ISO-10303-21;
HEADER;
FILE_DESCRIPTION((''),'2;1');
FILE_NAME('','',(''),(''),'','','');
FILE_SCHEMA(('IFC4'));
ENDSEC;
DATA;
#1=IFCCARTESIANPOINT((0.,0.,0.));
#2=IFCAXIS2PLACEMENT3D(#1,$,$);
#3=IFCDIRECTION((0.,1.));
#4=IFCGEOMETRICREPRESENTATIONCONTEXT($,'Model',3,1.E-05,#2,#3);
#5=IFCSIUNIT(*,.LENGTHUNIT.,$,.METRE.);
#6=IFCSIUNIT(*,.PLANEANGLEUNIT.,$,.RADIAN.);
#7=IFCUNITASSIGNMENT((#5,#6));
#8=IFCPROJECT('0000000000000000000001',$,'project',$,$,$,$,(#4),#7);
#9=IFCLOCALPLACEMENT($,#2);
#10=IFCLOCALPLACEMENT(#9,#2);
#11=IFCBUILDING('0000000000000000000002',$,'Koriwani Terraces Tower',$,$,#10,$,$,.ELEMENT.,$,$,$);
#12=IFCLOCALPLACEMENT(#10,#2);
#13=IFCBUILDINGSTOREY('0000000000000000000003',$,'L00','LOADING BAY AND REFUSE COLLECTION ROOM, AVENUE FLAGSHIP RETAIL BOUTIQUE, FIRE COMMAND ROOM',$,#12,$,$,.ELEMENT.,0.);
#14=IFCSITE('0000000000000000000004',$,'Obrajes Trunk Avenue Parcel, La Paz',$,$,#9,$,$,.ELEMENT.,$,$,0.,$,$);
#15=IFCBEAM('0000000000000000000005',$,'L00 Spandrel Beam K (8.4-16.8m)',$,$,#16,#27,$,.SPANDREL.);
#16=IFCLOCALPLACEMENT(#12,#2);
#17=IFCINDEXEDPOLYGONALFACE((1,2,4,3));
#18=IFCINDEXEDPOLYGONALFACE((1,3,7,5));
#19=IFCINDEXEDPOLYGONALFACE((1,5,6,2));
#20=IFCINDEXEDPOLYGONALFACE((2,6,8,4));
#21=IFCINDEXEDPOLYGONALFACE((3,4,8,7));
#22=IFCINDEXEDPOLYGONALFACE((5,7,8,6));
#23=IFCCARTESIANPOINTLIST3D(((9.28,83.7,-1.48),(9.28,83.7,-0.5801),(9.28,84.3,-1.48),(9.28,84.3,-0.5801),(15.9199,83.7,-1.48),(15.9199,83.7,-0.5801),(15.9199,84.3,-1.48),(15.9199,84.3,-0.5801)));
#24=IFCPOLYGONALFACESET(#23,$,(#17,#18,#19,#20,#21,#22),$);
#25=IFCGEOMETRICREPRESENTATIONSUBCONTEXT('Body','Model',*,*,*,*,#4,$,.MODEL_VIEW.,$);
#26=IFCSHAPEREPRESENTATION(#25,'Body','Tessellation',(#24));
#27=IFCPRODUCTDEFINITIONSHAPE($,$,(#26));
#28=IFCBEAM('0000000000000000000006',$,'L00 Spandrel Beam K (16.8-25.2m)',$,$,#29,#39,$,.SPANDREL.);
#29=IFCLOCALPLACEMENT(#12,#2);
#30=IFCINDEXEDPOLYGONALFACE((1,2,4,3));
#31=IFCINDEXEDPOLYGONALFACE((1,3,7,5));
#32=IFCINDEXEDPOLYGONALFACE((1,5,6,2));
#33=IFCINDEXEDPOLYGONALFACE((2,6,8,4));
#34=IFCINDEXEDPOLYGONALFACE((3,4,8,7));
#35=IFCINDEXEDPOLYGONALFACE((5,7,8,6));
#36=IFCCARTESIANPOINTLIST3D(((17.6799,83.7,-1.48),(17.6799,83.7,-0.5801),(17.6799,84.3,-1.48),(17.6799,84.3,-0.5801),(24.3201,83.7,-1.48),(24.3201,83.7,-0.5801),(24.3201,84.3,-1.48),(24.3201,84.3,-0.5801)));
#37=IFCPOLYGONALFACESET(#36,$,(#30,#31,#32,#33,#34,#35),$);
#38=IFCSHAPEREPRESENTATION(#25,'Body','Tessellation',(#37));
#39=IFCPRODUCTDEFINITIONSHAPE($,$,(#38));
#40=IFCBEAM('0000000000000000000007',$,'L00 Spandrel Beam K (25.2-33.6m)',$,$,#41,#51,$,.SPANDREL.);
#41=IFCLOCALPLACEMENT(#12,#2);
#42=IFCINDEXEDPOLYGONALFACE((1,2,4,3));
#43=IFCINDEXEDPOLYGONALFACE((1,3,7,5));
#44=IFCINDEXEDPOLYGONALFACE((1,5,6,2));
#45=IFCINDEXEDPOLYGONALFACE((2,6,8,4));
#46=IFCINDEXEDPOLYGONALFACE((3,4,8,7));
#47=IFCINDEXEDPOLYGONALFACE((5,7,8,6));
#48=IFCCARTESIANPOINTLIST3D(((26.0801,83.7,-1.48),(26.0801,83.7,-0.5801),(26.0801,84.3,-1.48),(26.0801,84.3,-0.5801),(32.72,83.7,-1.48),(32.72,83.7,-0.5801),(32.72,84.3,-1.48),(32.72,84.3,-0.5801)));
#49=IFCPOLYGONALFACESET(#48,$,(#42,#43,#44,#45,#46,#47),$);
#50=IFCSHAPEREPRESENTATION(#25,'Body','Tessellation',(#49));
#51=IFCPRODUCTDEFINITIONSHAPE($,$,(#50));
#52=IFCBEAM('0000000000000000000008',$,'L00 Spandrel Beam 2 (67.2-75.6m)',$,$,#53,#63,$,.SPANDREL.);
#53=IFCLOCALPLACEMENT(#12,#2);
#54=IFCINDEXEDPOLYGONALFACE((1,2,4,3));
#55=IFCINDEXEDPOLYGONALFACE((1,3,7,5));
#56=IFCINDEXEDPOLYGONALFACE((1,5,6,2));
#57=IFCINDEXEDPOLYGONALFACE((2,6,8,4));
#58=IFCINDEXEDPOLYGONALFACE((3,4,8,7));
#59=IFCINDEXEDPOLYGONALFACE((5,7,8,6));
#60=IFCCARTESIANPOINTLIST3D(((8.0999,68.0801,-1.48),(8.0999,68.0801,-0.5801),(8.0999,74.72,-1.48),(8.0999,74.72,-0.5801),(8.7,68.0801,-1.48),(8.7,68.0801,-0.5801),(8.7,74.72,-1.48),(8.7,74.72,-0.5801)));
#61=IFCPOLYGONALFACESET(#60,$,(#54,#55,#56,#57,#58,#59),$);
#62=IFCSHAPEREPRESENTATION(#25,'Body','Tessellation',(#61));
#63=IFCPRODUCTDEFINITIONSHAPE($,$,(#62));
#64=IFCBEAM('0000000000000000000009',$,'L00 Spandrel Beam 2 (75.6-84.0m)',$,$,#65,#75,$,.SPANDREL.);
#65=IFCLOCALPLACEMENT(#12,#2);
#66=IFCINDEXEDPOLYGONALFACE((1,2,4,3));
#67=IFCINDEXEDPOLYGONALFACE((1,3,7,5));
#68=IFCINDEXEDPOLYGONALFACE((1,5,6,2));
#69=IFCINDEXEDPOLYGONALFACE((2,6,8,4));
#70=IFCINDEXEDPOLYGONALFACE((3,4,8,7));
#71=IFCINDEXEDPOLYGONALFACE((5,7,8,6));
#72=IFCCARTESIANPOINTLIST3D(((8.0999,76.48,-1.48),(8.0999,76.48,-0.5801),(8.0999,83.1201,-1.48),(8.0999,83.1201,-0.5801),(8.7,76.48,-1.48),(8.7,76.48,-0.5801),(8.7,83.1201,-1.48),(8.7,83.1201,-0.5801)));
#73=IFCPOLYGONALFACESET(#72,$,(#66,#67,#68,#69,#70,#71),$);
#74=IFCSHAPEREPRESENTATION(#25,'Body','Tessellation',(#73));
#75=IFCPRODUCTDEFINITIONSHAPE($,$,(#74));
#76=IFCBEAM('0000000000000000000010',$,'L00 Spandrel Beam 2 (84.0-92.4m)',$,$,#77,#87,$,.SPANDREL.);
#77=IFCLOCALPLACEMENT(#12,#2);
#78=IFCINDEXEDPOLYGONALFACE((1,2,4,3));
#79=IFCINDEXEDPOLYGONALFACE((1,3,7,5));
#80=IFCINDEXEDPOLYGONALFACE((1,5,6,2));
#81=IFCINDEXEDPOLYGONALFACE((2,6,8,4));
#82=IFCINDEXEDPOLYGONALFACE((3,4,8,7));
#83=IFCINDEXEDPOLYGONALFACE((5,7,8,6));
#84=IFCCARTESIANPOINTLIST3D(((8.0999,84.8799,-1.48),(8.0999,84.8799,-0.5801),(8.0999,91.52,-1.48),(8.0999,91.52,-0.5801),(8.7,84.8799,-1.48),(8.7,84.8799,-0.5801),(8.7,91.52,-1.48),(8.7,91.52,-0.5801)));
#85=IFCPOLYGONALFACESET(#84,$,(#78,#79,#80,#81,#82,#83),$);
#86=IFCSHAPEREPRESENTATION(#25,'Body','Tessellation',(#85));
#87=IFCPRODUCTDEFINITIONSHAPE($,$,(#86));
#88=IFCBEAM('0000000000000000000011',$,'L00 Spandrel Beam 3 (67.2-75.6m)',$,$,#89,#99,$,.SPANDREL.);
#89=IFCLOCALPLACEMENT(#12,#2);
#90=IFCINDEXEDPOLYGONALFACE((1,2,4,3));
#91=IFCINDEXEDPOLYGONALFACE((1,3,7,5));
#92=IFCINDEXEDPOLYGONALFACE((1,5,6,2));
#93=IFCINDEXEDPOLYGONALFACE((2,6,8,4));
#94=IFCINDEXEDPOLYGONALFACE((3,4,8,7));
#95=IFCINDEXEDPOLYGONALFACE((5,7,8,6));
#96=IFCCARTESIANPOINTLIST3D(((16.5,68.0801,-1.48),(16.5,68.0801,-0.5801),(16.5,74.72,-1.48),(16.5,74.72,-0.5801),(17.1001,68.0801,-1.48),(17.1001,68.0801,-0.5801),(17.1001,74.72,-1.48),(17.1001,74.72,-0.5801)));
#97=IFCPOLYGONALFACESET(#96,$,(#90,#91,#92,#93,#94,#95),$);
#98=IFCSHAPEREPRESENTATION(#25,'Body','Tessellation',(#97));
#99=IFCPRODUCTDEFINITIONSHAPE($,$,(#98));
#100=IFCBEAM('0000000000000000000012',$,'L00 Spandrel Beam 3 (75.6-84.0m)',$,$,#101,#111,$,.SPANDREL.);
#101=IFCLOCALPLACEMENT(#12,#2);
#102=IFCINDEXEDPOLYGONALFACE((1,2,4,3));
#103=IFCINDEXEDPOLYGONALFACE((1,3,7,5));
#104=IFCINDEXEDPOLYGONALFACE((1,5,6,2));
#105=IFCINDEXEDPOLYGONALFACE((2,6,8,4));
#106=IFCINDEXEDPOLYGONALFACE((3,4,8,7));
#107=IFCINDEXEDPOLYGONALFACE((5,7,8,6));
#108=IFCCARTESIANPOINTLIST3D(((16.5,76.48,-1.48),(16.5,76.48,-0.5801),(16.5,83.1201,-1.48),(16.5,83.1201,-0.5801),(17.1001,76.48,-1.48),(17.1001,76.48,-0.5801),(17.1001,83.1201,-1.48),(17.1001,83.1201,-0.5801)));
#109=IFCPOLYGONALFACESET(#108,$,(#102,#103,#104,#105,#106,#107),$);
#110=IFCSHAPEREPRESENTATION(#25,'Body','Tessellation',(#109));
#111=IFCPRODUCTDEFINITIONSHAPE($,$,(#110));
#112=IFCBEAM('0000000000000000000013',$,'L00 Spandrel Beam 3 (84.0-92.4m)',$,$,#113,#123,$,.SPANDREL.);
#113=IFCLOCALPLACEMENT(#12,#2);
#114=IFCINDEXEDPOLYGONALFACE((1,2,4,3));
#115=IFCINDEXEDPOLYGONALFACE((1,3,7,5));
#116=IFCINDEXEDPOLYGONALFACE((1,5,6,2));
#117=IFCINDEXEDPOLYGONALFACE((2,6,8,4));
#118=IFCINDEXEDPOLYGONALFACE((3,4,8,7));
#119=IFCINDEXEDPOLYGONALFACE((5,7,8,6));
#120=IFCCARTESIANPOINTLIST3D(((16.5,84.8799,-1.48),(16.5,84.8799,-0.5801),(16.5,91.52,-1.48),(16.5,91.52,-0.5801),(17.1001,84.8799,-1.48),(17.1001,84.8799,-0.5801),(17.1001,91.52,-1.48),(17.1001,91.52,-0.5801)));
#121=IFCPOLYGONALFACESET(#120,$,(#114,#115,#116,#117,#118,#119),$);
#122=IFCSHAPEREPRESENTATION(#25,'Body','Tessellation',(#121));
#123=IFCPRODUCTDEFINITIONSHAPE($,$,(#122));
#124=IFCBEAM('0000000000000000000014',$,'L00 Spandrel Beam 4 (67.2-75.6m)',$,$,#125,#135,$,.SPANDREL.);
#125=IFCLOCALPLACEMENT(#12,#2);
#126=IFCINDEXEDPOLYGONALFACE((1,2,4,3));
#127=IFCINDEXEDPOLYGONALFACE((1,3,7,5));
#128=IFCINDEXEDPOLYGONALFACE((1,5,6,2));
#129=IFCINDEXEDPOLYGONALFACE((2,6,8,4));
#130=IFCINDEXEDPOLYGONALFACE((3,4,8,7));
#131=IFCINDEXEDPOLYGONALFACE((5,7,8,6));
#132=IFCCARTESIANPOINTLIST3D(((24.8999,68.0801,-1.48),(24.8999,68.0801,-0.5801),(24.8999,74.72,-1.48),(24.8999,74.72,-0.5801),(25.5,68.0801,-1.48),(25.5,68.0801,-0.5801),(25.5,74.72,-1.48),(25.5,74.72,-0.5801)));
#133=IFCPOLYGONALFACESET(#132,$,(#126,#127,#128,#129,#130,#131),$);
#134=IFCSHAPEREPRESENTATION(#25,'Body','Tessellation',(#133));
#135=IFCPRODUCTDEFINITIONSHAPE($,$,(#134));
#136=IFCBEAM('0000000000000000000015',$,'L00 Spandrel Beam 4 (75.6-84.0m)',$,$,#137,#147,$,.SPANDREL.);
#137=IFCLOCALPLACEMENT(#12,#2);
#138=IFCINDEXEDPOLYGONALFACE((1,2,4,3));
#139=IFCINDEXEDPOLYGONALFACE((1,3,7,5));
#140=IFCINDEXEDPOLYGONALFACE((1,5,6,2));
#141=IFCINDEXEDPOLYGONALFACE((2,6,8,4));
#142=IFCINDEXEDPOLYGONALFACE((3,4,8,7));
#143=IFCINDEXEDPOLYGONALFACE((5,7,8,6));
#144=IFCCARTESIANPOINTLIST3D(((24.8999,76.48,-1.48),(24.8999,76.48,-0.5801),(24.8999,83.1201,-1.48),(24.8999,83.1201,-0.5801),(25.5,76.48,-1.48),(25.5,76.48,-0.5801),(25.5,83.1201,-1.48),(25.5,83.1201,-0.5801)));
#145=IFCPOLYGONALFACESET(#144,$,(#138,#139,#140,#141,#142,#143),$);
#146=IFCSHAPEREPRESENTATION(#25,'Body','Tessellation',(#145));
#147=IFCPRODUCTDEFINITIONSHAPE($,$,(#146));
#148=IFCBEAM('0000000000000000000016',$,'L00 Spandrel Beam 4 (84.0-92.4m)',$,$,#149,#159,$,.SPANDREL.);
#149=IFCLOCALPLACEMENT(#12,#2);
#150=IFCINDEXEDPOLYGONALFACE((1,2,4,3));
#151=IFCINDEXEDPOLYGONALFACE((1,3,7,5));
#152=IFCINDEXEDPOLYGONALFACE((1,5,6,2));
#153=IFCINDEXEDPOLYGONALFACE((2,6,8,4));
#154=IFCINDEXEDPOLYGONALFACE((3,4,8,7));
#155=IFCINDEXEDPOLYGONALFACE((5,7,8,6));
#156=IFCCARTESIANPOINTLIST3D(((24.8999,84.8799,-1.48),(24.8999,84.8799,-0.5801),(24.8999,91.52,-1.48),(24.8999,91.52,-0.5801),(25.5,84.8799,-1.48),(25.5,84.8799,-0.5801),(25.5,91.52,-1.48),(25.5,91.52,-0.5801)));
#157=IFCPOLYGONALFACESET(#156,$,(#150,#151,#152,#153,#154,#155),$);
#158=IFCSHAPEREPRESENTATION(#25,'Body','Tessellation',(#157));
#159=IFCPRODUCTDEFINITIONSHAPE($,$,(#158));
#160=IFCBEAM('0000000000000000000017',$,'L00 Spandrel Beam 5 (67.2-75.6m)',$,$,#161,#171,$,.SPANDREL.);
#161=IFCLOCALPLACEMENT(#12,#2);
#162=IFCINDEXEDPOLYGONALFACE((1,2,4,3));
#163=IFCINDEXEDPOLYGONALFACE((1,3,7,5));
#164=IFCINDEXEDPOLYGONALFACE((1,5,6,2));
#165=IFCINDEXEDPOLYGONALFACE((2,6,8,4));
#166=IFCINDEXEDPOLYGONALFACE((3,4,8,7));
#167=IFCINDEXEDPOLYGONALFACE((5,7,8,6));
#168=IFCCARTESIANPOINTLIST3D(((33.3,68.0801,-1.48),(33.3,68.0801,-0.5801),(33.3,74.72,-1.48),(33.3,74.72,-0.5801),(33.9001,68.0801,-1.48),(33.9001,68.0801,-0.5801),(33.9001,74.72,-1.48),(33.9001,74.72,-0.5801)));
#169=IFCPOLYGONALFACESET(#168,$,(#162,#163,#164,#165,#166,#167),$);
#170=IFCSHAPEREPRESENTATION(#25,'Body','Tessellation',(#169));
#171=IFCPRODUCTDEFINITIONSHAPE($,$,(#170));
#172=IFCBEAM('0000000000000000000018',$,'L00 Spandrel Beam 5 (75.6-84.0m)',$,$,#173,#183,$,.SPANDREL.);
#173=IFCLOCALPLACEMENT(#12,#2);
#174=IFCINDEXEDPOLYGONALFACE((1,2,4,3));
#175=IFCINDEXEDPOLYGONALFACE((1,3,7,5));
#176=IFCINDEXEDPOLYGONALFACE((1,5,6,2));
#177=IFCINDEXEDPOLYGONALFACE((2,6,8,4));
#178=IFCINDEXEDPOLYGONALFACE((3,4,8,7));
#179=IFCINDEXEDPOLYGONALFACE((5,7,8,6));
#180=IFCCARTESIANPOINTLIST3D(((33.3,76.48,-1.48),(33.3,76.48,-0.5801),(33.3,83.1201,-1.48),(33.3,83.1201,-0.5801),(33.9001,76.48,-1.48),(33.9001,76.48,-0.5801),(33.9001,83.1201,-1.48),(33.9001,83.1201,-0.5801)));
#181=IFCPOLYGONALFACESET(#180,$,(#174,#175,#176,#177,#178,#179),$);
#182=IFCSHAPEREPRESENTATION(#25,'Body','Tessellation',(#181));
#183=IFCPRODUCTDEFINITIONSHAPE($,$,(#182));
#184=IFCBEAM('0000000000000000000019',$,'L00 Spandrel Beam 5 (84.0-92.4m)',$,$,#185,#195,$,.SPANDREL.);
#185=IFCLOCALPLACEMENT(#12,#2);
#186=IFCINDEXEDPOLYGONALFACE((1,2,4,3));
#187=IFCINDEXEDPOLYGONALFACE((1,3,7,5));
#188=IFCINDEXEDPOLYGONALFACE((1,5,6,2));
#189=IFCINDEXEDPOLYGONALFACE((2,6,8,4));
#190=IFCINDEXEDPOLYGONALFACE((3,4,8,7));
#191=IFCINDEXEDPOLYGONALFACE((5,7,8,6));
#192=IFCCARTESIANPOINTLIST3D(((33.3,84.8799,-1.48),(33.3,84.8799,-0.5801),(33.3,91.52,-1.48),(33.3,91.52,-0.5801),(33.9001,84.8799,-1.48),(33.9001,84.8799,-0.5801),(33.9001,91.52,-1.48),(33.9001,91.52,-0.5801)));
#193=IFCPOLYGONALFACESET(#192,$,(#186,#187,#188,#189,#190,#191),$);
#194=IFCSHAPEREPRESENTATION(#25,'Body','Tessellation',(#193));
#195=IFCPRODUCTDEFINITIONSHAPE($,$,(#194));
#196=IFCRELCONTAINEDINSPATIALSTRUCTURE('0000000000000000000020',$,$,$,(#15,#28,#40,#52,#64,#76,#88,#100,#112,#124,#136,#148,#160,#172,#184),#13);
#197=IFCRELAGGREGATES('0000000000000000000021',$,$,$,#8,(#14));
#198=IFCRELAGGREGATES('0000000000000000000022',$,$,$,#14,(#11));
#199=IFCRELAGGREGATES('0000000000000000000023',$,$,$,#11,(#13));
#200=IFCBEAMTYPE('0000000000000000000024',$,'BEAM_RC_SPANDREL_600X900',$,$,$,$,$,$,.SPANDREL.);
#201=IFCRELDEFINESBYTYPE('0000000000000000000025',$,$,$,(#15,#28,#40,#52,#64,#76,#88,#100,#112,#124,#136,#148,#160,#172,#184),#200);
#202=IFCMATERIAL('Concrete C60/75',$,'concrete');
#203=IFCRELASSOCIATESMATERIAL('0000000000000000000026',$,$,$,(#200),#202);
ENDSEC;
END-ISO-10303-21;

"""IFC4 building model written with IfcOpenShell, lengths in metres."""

from ifc_helpers import new_model, si_unit, direction, frame, origin, origin_2d, place, context, subcontext, project, spatial, rectangle, extrude, material, material_profile, profile_set, type_object, element, save


model = new_model("IFC4")

# Units and contexts
model_context = context("Model", 3, precision=1e-05, world=origin(), true_north=direction((0.0, 1.0)))
body_context = subcontext(model_context, "Body", "Model", "MODEL_VIEW")
ifc_project = project(units=[si_unit("LENGTHUNIT", "METRE"), si_unit("PLANEANGLEUNIT", "RADIAN")], contexts=[model_context])

# Site, building, storey
site_placement = place(None, origin())
site = spatial("IfcSite", under=ifc_project, at=site_placement, Name="Obrajes Trunk Avenue Parcel, La Paz", CompositionType="ELEMENT", RefElevation=0.0)
building_placement = place(site_placement, origin())
building = spatial("IfcBuilding", under=site, at=building_placement, Name="Koriwani Terraces Tower", CompositionType="ELEMENT")
storey_placement = place(building_placement, origin())
storey = spatial("IfcBuildingStorey", under=building, at=storey_placement, Name="L00", Description="LOADING BAY AND REFUSE COLLECTION ROOM, AVENUE FLAGSHIP RETAIL BOUTIQUE, FIRE COMMAND ROOM", CompositionType="ELEMENT", Elevation=0.0)

# Shared definitions
ifc_material_1 = material(Name="Concrete C60/75", Category="concrete")

# Beams
ifc_material_profile_1 = material_profile(ifc_material_1, rectangle(XDim=0.6001, YDim=0.8999, at=origin_2d()), Name="Concrete C60/75", Category="LoadBearing")
ifc_profile_set_1 = profile_set([ifc_material_profile_1], Name="Concrete C60/75")
beam_type_1 = type_object("IfcBeamType", Name="BEAM_RC_SPANDREL_600X900", PredefinedType="SPANDREL", material=ifc_profile_set_1)
beam_1_placement = place(storey_placement, frame((9.28, 84.0, -1.03), z_axis=(1.0, 0.0, 0.0), x_axis=(0.0, 1.0, 0.0)))
element("IfcBeam", 1, at=beam_1_placement, inside=storey, type_object=beam_type_1, Name="L00 Spandrel Beam K (8.4-16.8m)", PredefinedType="SPANDREL", context=body_context, shape_type="SweptSolid", body=[
    extrude(rectangle(XDim=0.6001, YDim=0.8999, at=origin_2d()), origin(), (0.0, 0.0, 1.0), 6.6399),
])
beam_2_placement = place(storey_placement, frame((17.6799, 84.0, -1.03), z_axis=(1.0, 0.0, 0.0), x_axis=(0.0, 1.0, 0.0)))
element("IfcBeam", 2, at=beam_2_placement, inside=storey, type_object=beam_type_1, Name="L00 Spandrel Beam K (16.8-25.2m)", PredefinedType="SPANDREL", context=body_context, shape_type="SweptSolid", body=[
    extrude(rectangle(XDim=0.6001, YDim=0.8999, at=origin_2d()), origin(), (0.0, 0.0, 1.0), 6.6401),
])
for number, where, z_axis, x_axis, name in (
    (3, (26.0801, 84.0, -1.03), (1.0, 0.0, 0.0), (0.0, 1.0, 0.0), "L00 Spandrel Beam K (25.2-33.6m)"),
    (4, (8.3999, 68.0801, -1.03), (0.0, 1.0, 0.0), (-1.0, 0.0, 0.0), "L00 Spandrel Beam 2 (67.2-75.6m)"),
):
    element("IfcBeam", number, at=place(storey_placement, frame(where, z_axis=z_axis, x_axis=x_axis)), inside=storey, type_object=beam_type_1, Name=name, PredefinedType="SPANDREL", context=body_context, shape_type="SweptSolid", body=[
        extrude(rectangle(XDim=0.6001, YDim=0.8999, at=origin_2d()), origin(), (0.0, 0.0, 1.0), 6.6399),
    ])
for number, where, z_axis, x_axis, name in (
    (5, (8.3999, 76.48, -1.03), (0.0, 1.0, 0.0), (-1.0, 0.0, 0.0), "L00 Spandrel Beam 2 (75.6-84.0m)"),
    (6, (8.3999, 84.8799, -1.03), (0.0, 1.0, 0.0), (-1.0, 0.0, 0.0), "L00 Spandrel Beam 2 (84.0-92.4m)"),
):
    element("IfcBeam", number, at=place(storey_placement, frame(where, z_axis=z_axis, x_axis=x_axis)), inside=storey, type_object=beam_type_1, Name=name, PredefinedType="SPANDREL", context=body_context, shape_type="SweptSolid", body=[
        extrude(rectangle(XDim=0.6001, YDim=0.8999, at=origin_2d()), origin(), (0.0, 0.0, 1.0), 6.6401),
    ])
beam_3_placement = place(storey_placement, frame((16.8, 68.0801, -1.03), z_axis=(0.0, 1.0, 0.0), x_axis=(-1.0, 0.0, 0.0)))
element("IfcBeam", 7, at=beam_3_placement, inside=storey, type_object=beam_type_1, Name="L00 Spandrel Beam 3 (67.2-75.6m)", PredefinedType="SPANDREL", context=body_context, shape_type="SweptSolid", body=[
    extrude(rectangle(XDim=0.6001, YDim=0.8999, at=origin_2d()), origin(), (0.0, 0.0, 1.0), 6.6399),
])
for number, where, z_axis, x_axis, name in (
    (8, (16.8, 76.48, -1.03), (0.0, 1.0, 0.0), (-1.0, 0.0, 0.0), "L00 Spandrel Beam 3 (75.6-84.0m)"),
    (9, (16.8, 84.8799, -1.03), (0.0, 1.0, 0.0), (-1.0, 0.0, 0.0), "L00 Spandrel Beam 3 (84.0-92.4m)"),
):
    element("IfcBeam", number, at=place(storey_placement, frame(where, z_axis=z_axis, x_axis=x_axis)), inside=storey, type_object=beam_type_1, Name=name, PredefinedType="SPANDREL", context=body_context, shape_type="SweptSolid", body=[
        extrude(rectangle(XDim=0.6001, YDim=0.8999, at=origin_2d()), origin(), (0.0, 0.0, 1.0), 6.6401),
    ])
beam_4_placement = place(storey_placement, frame((25.2, 68.0801, -1.03), z_axis=(0.0, 1.0, 0.0), x_axis=(-1.0, 0.0, 0.0)))
element("IfcBeam", 10, at=beam_4_placement, inside=storey, type_object=beam_type_1, Name="L00 Spandrel Beam 4 (67.2-75.6m)", PredefinedType="SPANDREL", context=body_context, shape_type="SweptSolid", body=[
    extrude(rectangle(XDim=0.6001, YDim=0.8999, at=origin_2d()), origin(), (0.0, 0.0, 1.0), 6.6399),
])
for number, where, z_axis, x_axis, name in (
    (11, (25.2, 76.48, -1.03), (0.0, 1.0, 0.0), (-1.0, 0.0, 0.0), "L00 Spandrel Beam 4 (75.6-84.0m)"),
    (12, (25.2, 84.8799, -1.03), (0.0, 1.0, 0.0), (-1.0, 0.0, 0.0), "L00 Spandrel Beam 4 (84.0-92.4m)"),
):
    element("IfcBeam", number, at=place(storey_placement, frame(where, z_axis=z_axis, x_axis=x_axis)), inside=storey, type_object=beam_type_1, Name=name, PredefinedType="SPANDREL", context=body_context, shape_type="SweptSolid", body=[
        extrude(rectangle(XDim=0.6001, YDim=0.8999, at=origin_2d()), origin(), (0.0, 0.0, 1.0), 6.6401),
    ])
beam_5_placement = place(storey_placement, frame((33.6001, 68.0801, -1.03), z_axis=(0.0, 1.0, 0.0), x_axis=(-1.0, 0.0, 0.0)))
element("IfcBeam", 13, at=beam_5_placement, inside=storey, type_object=beam_type_1, Name="L00 Spandrel Beam 5 (67.2-75.6m)", PredefinedType="SPANDREL", context=body_context, shape_type="SweptSolid", body=[
    extrude(rectangle(XDim=0.6001, YDim=0.8999, at=origin_2d()), origin(), (0.0, 0.0, 1.0), 6.6399),
])
for number, where, z_axis, x_axis, name in (
    (14, (33.6001, 76.48, -1.03), (0.0, 1.0, 0.0), (-1.0, 0.0, 0.0), "L00 Spandrel Beam 5 (75.6-84.0m)"),
    (15, (33.6001, 84.8799, -1.03), (0.0, 1.0, 0.0), (-1.0, 0.0, 0.0), "L00 Spandrel Beam 5 (84.0-92.4m)"),
):
    element("IfcBeam", number, at=place(storey_placement, frame(where, z_axis=z_axis, x_axis=x_axis)), inside=storey, type_object=beam_type_1, Name=name, PredefinedType="SPANDREL", context=body_context, shape_type="SweptSolid", body=[
        extrude(rectangle(XDim=0.6001, YDim=0.8999, at=origin_2d()), origin(), (0.0, 0.0, 1.0), 6.6401),
    ])

save(model, "model.ifc")
